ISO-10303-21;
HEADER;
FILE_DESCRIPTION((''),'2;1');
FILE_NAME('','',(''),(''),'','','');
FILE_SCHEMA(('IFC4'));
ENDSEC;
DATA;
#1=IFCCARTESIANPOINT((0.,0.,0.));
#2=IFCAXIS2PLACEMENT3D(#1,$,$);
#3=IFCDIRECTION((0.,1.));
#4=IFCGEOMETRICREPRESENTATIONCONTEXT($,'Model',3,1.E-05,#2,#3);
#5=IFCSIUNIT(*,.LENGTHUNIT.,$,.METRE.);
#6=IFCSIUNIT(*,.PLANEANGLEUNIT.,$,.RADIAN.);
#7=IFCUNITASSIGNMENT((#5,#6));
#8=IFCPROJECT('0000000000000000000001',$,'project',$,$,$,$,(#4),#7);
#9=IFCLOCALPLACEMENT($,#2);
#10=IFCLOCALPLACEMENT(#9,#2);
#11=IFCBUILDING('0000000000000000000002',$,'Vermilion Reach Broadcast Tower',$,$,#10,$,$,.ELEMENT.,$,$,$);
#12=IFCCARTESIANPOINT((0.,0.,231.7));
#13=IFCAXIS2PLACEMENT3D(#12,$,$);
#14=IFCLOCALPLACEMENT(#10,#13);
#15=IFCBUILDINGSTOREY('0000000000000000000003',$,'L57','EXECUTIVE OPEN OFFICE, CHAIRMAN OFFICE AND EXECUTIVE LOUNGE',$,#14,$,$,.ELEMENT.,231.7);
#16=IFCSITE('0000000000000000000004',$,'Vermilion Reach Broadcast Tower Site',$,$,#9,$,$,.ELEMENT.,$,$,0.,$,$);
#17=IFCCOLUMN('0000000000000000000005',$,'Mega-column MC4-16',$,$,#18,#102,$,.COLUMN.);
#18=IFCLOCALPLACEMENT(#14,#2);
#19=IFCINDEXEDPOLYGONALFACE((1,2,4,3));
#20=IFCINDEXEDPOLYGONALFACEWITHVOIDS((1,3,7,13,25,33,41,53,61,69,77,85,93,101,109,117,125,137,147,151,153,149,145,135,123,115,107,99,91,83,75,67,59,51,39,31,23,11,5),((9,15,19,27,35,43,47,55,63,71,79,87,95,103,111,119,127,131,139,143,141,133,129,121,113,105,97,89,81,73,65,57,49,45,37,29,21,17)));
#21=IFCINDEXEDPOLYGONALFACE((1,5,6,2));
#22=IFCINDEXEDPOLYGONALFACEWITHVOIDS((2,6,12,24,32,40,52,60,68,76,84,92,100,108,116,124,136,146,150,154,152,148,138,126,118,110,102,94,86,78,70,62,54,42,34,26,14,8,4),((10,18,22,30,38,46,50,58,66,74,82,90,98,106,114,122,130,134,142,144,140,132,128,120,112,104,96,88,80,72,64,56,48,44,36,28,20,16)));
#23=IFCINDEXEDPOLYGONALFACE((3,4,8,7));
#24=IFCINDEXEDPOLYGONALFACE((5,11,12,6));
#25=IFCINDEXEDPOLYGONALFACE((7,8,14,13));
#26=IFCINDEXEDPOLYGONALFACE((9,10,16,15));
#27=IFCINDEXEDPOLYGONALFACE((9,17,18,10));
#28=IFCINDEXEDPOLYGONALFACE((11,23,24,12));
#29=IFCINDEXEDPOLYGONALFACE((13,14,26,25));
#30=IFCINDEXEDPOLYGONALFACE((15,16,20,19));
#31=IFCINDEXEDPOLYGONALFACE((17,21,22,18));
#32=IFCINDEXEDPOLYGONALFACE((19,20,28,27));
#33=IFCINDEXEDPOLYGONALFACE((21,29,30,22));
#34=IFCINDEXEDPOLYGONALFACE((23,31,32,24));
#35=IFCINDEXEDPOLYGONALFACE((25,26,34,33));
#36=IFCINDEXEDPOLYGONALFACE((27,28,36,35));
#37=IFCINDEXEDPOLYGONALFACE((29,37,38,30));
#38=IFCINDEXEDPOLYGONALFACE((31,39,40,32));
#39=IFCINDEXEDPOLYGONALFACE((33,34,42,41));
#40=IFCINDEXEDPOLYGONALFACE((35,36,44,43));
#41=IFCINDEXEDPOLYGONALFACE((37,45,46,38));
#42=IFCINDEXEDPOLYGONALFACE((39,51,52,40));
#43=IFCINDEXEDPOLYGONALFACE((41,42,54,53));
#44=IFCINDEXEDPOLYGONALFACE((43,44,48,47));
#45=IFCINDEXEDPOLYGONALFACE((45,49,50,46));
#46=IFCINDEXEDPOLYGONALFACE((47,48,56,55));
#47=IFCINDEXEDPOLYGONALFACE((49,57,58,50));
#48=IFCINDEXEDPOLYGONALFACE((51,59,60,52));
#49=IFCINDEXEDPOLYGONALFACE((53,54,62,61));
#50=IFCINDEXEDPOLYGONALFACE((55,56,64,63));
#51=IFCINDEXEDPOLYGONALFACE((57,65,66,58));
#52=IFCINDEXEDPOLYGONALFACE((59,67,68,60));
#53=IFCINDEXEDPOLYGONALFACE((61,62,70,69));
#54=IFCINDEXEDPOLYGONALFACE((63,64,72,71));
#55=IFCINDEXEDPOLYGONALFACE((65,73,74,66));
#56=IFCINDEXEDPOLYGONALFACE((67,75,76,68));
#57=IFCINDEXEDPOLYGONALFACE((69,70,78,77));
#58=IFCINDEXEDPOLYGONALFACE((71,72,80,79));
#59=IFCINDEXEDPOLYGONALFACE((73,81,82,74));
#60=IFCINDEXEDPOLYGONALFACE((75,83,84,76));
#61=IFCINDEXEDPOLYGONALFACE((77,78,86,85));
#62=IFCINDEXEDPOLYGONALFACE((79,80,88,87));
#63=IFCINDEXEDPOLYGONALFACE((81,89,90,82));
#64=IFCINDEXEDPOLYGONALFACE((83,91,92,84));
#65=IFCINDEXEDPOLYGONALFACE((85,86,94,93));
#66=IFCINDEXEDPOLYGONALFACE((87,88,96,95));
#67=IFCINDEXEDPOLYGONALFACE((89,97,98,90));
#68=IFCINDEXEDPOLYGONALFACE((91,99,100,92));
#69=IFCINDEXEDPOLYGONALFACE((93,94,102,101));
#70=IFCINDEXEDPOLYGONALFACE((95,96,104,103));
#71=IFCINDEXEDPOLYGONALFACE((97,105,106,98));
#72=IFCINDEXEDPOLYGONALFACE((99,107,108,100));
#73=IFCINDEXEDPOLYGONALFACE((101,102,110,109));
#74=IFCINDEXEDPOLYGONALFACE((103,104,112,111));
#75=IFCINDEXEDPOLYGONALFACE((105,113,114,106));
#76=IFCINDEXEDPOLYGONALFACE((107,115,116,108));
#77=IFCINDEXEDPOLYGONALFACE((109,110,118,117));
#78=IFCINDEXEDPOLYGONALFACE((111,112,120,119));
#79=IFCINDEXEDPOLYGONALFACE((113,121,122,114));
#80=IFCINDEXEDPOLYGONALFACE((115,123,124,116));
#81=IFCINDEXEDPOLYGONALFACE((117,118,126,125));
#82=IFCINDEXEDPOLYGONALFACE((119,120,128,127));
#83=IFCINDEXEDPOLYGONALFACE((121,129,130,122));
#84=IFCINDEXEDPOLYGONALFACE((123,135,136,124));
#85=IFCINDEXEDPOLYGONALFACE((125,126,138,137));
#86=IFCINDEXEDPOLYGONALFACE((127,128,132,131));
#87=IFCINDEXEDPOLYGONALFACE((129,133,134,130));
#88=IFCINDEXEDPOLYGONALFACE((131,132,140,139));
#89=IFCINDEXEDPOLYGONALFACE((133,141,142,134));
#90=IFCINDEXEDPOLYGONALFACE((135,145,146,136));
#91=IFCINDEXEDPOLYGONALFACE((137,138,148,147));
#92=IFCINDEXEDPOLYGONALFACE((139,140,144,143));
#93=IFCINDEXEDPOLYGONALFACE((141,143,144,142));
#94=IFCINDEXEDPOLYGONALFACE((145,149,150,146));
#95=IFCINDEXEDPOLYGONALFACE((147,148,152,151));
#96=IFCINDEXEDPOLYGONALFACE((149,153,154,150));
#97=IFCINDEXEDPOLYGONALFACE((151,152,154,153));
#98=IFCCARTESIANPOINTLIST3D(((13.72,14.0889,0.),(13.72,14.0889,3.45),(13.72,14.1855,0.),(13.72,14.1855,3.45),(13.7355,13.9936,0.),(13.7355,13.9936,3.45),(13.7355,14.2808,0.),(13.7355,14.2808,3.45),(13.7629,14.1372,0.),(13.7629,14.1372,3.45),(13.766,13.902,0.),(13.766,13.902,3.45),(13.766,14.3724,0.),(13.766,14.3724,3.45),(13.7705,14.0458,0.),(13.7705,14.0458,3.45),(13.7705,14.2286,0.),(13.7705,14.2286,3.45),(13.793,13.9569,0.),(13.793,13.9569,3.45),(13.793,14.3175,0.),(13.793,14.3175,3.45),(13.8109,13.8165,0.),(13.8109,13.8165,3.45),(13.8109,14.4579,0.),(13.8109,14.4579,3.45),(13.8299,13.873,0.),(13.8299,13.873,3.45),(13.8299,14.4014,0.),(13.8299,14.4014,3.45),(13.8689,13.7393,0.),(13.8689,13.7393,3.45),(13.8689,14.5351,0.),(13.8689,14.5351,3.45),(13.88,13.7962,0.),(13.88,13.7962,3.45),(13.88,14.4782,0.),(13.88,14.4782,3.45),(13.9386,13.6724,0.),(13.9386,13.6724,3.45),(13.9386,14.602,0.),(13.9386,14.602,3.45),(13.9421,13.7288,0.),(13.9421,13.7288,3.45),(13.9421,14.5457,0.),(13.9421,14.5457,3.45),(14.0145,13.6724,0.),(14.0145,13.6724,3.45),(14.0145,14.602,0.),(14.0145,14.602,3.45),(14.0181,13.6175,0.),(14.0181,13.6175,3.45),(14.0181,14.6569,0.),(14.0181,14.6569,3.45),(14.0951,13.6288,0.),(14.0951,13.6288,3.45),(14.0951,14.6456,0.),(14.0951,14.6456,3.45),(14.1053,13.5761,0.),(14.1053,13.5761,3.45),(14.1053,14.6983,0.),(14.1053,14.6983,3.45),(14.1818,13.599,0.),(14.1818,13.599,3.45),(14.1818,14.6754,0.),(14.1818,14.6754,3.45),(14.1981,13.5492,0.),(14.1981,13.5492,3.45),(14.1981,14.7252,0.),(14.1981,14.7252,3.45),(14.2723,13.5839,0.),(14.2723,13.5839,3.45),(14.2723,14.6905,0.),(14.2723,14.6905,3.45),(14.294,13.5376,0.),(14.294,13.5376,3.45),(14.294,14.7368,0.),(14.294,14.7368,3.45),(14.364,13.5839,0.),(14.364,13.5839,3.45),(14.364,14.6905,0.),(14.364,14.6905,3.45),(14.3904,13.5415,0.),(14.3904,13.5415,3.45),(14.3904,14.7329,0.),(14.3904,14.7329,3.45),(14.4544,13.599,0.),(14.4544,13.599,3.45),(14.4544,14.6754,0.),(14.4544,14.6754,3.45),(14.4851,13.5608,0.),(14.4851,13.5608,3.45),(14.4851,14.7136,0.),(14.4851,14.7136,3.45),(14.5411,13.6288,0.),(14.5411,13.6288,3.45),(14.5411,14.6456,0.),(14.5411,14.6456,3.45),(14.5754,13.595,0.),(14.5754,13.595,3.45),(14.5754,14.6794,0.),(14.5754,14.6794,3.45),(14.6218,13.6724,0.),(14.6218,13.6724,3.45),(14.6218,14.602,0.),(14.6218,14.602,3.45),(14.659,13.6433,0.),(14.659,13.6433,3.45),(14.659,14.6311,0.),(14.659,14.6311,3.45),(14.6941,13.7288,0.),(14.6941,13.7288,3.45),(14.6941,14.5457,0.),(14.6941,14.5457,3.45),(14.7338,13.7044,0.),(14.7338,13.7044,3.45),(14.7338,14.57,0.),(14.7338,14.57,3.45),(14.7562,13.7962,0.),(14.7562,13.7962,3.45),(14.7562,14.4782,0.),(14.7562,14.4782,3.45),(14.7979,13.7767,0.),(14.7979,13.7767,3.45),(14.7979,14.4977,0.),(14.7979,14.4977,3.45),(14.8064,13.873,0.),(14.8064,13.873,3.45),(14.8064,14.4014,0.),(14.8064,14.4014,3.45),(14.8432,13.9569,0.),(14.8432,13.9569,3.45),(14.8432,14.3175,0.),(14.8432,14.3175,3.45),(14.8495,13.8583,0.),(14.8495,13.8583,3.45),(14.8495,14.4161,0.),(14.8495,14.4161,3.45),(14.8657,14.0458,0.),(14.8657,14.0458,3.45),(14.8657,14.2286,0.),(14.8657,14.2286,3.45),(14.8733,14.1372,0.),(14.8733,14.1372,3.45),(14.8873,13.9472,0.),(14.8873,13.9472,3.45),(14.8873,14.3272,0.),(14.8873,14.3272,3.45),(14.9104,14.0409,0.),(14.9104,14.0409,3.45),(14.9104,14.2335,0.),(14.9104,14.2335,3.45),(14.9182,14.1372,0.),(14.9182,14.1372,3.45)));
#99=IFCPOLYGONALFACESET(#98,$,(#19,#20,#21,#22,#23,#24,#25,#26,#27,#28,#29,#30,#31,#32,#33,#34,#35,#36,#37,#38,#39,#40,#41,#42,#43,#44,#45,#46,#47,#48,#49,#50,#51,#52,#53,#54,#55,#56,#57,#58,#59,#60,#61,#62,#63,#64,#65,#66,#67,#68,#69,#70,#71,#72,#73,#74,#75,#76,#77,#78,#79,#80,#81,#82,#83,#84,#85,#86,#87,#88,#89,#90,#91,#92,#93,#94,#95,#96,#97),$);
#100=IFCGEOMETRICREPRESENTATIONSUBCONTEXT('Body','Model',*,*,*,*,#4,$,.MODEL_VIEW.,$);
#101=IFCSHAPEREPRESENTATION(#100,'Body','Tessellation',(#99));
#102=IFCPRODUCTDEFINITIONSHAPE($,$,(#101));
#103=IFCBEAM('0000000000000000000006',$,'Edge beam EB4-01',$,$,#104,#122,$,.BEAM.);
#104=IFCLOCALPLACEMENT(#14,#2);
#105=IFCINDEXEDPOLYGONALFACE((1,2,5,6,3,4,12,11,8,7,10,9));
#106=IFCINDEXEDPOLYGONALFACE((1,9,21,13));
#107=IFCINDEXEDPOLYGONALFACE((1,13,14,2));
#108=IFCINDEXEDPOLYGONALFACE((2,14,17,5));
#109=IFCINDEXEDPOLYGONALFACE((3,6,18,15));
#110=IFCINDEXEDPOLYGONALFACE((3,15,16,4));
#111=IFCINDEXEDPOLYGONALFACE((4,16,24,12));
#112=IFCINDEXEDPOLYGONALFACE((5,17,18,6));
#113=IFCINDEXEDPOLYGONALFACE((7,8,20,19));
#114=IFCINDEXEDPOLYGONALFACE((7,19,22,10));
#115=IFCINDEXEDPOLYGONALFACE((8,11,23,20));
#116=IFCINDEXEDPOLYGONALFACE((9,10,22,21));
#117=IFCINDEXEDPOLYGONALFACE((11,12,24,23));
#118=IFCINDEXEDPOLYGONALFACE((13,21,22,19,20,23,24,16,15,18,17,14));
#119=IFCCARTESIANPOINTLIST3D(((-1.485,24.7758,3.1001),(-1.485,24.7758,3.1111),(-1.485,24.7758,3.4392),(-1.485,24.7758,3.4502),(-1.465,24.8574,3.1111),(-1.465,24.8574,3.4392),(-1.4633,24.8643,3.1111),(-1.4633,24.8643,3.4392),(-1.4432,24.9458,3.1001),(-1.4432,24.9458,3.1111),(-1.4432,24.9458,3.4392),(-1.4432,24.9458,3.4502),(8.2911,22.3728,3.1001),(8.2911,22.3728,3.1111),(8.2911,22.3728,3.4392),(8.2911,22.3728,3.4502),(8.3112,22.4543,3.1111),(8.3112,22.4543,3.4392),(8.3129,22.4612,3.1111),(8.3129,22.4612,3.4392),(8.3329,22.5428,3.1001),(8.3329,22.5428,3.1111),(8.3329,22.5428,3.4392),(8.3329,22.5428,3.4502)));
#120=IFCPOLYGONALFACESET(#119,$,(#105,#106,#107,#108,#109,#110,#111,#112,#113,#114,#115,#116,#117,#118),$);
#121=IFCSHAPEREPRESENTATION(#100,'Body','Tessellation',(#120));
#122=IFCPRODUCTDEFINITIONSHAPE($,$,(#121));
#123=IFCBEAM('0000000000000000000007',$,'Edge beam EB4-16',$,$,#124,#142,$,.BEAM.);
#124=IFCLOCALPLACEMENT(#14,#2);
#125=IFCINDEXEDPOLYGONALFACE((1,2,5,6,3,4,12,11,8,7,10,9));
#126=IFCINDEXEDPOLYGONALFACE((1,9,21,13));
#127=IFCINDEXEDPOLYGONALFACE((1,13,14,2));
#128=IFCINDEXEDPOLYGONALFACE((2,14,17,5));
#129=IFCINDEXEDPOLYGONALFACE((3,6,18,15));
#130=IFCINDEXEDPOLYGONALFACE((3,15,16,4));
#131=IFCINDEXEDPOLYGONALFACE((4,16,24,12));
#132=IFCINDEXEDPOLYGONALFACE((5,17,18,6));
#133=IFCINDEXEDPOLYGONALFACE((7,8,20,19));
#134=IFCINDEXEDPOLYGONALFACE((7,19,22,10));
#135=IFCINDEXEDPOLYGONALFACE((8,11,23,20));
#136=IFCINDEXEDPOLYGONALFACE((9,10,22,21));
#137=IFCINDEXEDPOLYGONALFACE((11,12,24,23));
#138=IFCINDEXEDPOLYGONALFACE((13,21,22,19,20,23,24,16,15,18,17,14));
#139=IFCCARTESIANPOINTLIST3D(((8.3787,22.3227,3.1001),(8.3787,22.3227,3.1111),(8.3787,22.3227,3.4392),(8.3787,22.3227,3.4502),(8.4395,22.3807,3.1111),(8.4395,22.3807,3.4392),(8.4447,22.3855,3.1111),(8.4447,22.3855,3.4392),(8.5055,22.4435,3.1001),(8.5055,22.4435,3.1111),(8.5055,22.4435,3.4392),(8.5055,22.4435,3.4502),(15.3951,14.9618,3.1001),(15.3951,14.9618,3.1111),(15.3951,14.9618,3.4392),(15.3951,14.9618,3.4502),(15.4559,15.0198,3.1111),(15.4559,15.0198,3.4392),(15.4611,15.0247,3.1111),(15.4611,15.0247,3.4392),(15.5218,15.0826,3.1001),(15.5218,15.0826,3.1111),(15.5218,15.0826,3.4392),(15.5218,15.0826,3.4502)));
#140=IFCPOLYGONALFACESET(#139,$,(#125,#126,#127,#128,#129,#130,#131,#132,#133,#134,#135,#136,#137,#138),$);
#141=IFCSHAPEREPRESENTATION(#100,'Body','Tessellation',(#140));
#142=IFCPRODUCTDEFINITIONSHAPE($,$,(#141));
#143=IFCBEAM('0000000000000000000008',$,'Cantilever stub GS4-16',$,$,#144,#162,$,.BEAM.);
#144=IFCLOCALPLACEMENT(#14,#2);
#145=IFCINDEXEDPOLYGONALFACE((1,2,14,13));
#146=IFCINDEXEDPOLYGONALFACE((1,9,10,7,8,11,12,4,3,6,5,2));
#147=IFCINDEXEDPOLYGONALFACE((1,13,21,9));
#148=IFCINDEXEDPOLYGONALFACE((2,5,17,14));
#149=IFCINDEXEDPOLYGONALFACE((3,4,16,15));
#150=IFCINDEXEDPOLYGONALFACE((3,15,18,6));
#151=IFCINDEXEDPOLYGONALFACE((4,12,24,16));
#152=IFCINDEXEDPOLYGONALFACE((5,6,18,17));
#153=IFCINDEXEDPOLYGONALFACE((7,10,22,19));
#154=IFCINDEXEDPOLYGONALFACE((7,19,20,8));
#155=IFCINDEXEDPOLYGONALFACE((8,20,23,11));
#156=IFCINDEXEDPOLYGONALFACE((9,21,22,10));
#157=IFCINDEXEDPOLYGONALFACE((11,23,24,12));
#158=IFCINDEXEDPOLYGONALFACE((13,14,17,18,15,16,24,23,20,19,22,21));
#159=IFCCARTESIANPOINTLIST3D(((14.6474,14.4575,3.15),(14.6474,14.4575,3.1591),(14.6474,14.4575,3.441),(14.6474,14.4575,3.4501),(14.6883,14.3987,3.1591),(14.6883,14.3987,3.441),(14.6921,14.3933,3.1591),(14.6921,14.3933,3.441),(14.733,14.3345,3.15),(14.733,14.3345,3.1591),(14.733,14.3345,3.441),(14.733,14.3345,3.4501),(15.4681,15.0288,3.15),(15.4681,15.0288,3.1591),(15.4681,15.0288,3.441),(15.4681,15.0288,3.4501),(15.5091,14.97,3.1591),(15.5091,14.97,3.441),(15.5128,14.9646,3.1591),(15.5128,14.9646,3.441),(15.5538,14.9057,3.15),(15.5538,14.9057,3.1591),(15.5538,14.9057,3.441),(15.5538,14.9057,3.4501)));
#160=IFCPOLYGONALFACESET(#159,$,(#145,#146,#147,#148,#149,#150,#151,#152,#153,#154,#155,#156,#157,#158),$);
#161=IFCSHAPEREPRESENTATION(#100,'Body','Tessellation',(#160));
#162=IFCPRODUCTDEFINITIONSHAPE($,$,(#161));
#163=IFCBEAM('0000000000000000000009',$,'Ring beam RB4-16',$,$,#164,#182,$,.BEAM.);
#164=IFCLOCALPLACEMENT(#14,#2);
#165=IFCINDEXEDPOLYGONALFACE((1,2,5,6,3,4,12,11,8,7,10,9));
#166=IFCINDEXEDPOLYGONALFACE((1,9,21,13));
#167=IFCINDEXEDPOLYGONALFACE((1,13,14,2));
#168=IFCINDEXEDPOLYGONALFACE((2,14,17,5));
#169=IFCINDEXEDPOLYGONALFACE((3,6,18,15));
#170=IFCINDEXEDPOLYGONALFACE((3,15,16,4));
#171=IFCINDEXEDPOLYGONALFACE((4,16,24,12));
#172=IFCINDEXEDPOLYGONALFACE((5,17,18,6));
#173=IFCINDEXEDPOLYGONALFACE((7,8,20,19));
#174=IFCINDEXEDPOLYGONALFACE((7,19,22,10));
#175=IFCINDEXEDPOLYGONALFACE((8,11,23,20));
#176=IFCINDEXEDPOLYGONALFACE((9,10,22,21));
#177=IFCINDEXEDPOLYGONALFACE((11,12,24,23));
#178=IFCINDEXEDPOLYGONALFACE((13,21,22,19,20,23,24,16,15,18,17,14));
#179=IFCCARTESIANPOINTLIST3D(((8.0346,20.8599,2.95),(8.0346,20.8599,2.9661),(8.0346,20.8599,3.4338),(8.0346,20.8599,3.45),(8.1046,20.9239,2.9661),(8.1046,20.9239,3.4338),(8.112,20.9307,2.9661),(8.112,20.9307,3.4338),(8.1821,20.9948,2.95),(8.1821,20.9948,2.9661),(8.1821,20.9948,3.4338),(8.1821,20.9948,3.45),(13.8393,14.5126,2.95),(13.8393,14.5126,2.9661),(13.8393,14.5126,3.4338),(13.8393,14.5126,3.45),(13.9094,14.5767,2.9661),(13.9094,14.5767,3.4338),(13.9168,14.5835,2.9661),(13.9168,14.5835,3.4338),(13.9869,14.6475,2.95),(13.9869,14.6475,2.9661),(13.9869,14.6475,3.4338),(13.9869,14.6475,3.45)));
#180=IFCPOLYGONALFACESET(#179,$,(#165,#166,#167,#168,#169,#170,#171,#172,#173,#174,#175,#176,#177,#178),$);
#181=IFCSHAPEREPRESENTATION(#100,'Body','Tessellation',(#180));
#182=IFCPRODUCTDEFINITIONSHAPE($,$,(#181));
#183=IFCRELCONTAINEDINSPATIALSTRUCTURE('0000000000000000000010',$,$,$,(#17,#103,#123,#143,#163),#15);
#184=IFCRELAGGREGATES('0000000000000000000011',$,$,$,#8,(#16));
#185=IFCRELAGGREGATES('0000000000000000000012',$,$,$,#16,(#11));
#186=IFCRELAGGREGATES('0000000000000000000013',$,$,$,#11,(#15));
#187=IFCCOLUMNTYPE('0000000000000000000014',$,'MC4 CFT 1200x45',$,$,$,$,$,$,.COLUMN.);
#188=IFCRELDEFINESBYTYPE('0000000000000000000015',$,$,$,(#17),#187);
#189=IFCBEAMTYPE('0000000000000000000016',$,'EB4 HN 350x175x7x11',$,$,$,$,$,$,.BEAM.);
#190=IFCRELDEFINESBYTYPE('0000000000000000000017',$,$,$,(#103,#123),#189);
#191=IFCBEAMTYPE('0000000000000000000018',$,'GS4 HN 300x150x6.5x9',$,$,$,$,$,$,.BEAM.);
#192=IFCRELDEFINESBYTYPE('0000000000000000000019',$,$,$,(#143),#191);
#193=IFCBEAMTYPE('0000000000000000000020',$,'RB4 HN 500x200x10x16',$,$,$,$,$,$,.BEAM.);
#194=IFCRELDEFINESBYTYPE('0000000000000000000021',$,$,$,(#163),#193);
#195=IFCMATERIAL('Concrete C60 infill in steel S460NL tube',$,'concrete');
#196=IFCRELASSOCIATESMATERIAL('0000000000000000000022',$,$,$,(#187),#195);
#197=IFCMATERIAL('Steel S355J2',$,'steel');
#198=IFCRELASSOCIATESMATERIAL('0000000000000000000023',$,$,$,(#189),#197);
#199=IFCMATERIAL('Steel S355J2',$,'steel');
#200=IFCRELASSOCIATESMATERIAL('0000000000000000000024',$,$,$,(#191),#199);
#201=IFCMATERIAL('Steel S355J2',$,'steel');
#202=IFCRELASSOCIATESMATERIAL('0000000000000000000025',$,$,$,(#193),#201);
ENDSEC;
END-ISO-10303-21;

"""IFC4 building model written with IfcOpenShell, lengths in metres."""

from ifc_helpers import new_model, si_unit, direction, frame, origin, origin_2d, place, context, subcontext, project, spatial, hollow_circle, i_section, extrude, material, material_profile, profile_set, type_object, element, save


model = new_model("IFC4")

# Units and contexts
model_context = context("Model", 3, precision=1e-05, world=origin(), true_north=direction((0.0, 1.0)))
body_context = subcontext(model_context, "Body", "Model", "MODEL_VIEW")
ifc_project = project(units=[si_unit("LENGTHUNIT", "METRE"), si_unit("PLANEANGLEUNIT", "RADIAN")], contexts=[model_context])

# Site, building, storey
site_placement = place(None, origin())
site = spatial("IfcSite", under=ifc_project, at=site_placement, Name="Vermilion Reach Broadcast Tower Site", CompositionType="ELEMENT", RefElevation=0.0)
building_placement = place(site_placement, origin())
building = spatial("IfcBuilding", under=site, at=building_placement, Name="Vermilion Reach Broadcast Tower", CompositionType="ELEMENT")
storey_placement = place(building_placement, frame((0.0, 0.0, 231.7)))
storey = spatial("IfcBuildingStorey", under=building, at=storey_placement, Name="L57", Description="EXECUTIVE OPEN OFFICE, CHAIRMAN OFFICE AND EXECUTIVE LOUNGE", CompositionType="ELEMENT", Elevation=231.7)

# Column
ifc_material_1 = material(Name="Concrete C60 infill in steel S460NL tube", Category="concrete")
ifc_material_profile_1 = material_profile(ifc_material_1, hollow_circle(Radius=0.6001, WallThickness=0.0449, at=origin_2d()), Name="Concrete C60 infill in steel S460NL tube CFT 1200x45")
ifc_profile_set_1 = profile_set([ifc_material_profile_1], Name="Concrete C60 infill in steel S460NL tube")
column_type = type_object("IfcColumnType", Name="MC4 CFT 1200x45", PredefinedType="COLUMN", material=ifc_profile_set_1)
column_placement = place(storey_placement, frame((14.3181, 14.1372, 0.0), z_axis=(0.0, 0.0, 1.0), x_axis=(1.0, 0.0, 0.0)))
element("IfcColumn", 1, at=column_placement, inside=storey, type_object=column_type, Name="Mega-column MC4-16", PredefinedType="COLUMN", context=body_context, shape_type="SweptSolid", body=[
    extrude(hollow_circle(Radius=0.6001, WallThickness=0.0449, at=origin_2d()), origin(), (0.0, 0.0, 1.0), 3.45),
])

# Beams
ifc_material_2 = material(Name="Steel S355J2", Category="steel")
ifc_material_profile_2 = material_profile(ifc_material_2, i_section(OverallWidth=0.175, OverallDepth=0.3501, WebThickness=0.0071, FlangeThickness=0.011, at=origin_2d()), Name="S355J2 HN 350x175x7x11")
ifc_profile_set_2 = profile_set([ifc_material_profile_2], Name="Steel S355J2")
beam_type_1 = type_object("IfcBeamType", Name="EB4 HN 350x175x7x11", PredefinedType="BEAM", material=ifc_profile_set_2)
beam_1_placement = place(storey_placement, frame((8.312, 22.4578, 3.2751), z_axis=(-0.971092, 0.238705, 0.0), x_axis=(-0.238705, -0.971092, 0.0)))
element("IfcBeam", 2, at=beam_1_placement, inside=storey, type_object=beam_type_1, Name="Edge beam EB4-01", PredefinedType="BEAM", context=body_context, shape_type="SweptSolid", body=[
    extrude(i_section(OverallWidth=0.175, OverallDepth=0.3501, WebThickness=0.0071, FlangeThickness=0.011, at=origin_2d()), origin(), (0.0, 0.0, 1.0), 10.0671),
])
beam_2_placement = place(storey_placement, frame((15.4585, 15.0222, 3.2751), z_axis=(-0.689966, 0.723842, 0.0), x_axis=(-0.723842, -0.689966, 0.0)))
element("IfcBeam", 3, at=beam_2_placement, inside=storey, type_object=beam_type_1, Name="Edge beam EB4-16", PredefinedType="BEAM", context=body_context, shape_type="SweptSolid", body=[
    extrude(i_section(OverallWidth=0.175, OverallDepth=0.3501, WebThickness=0.0071, FlangeThickness=0.011, at=origin_2d()), origin(), (0.0, 0.0, 1.0), 10.1692),
])
ifc_material_3 = material(Name="Steel S355J2", Category="steel")
ifc_material_profile_3 = material_profile(ifc_material_3, i_section(OverallWidth=0.1499, OverallDepth=0.3, WebThickness=0.0066, FlangeThickness=0.009, at=origin_2d()), Name="S355J2 HN 300x150x6.5x9")
ifc_profile_set_3 = profile_set([ifc_material_profile_3], Name="Steel S355J2")
beam_type_2 = type_object("IfcBeamType", Name="GS4 HN 300x150x6.5x9", PredefinedType="BEAM", material=ifc_profile_set_3)
beam_3_placement = place(storey_placement, frame((14.6902, 14.396, 3.3), z_axis=(0.820766, 0.571265, 0.0), x_axis=(-0.571265, 0.820766, 0.0)))
element("IfcBeam", 4, at=beam_3_placement, inside=storey, type_object=beam_type_2, Name="Cantilever stub GS4-16", PredefinedType="BEAM", context=body_context, shape_type="SweptSolid", body=[
    extrude(i_section(OverallWidth=0.1499, OverallDepth=0.3, WebThickness=0.0066, FlangeThickness=0.009, at=origin_2d()), origin(), (0.0, 0.0, 1.0), 1.0),
])
ifc_material_4 = material(Name="Steel S355J2", Category="steel")
ifc_material_profile_4 = material_profile(ifc_material_4, i_section(OverallWidth=0.2, OverallDepth=0.5, WebThickness=0.01, FlangeThickness=0.0161, at=origin_2d()), Name="S355J2 HN 500x200x10x16")
ifc_profile_set_4 = profile_set([ifc_material_profile_4], Name="Steel S355J2")
beam_type_3 = type_object("IfcBeamType", Name="RB4 HN 500x200x10x16", PredefinedType="BEAM", material=ifc_profile_set_4)
beam_4_placement = place(storey_placement, frame((13.9131, 14.5801, 3.2), z_axis=(-0.674868, 0.737938, 0.0), x_axis=(-0.737938, -0.674868, 0.0)))
element("IfcBeam", 5, at=beam_4_placement, inside=storey, type_object=beam_type_3, Name="Ring beam RB4-16", PredefinedType="BEAM", context=body_context, shape_type="SweptSolid", body=[
    extrude(i_section(OverallWidth=0.2, OverallDepth=0.5, WebThickness=0.01, FlangeThickness=0.0161, at=origin_2d()), origin(), (0.0, 0.0, 1.0), 8.6013),
])

save(model, "model.ifc")
